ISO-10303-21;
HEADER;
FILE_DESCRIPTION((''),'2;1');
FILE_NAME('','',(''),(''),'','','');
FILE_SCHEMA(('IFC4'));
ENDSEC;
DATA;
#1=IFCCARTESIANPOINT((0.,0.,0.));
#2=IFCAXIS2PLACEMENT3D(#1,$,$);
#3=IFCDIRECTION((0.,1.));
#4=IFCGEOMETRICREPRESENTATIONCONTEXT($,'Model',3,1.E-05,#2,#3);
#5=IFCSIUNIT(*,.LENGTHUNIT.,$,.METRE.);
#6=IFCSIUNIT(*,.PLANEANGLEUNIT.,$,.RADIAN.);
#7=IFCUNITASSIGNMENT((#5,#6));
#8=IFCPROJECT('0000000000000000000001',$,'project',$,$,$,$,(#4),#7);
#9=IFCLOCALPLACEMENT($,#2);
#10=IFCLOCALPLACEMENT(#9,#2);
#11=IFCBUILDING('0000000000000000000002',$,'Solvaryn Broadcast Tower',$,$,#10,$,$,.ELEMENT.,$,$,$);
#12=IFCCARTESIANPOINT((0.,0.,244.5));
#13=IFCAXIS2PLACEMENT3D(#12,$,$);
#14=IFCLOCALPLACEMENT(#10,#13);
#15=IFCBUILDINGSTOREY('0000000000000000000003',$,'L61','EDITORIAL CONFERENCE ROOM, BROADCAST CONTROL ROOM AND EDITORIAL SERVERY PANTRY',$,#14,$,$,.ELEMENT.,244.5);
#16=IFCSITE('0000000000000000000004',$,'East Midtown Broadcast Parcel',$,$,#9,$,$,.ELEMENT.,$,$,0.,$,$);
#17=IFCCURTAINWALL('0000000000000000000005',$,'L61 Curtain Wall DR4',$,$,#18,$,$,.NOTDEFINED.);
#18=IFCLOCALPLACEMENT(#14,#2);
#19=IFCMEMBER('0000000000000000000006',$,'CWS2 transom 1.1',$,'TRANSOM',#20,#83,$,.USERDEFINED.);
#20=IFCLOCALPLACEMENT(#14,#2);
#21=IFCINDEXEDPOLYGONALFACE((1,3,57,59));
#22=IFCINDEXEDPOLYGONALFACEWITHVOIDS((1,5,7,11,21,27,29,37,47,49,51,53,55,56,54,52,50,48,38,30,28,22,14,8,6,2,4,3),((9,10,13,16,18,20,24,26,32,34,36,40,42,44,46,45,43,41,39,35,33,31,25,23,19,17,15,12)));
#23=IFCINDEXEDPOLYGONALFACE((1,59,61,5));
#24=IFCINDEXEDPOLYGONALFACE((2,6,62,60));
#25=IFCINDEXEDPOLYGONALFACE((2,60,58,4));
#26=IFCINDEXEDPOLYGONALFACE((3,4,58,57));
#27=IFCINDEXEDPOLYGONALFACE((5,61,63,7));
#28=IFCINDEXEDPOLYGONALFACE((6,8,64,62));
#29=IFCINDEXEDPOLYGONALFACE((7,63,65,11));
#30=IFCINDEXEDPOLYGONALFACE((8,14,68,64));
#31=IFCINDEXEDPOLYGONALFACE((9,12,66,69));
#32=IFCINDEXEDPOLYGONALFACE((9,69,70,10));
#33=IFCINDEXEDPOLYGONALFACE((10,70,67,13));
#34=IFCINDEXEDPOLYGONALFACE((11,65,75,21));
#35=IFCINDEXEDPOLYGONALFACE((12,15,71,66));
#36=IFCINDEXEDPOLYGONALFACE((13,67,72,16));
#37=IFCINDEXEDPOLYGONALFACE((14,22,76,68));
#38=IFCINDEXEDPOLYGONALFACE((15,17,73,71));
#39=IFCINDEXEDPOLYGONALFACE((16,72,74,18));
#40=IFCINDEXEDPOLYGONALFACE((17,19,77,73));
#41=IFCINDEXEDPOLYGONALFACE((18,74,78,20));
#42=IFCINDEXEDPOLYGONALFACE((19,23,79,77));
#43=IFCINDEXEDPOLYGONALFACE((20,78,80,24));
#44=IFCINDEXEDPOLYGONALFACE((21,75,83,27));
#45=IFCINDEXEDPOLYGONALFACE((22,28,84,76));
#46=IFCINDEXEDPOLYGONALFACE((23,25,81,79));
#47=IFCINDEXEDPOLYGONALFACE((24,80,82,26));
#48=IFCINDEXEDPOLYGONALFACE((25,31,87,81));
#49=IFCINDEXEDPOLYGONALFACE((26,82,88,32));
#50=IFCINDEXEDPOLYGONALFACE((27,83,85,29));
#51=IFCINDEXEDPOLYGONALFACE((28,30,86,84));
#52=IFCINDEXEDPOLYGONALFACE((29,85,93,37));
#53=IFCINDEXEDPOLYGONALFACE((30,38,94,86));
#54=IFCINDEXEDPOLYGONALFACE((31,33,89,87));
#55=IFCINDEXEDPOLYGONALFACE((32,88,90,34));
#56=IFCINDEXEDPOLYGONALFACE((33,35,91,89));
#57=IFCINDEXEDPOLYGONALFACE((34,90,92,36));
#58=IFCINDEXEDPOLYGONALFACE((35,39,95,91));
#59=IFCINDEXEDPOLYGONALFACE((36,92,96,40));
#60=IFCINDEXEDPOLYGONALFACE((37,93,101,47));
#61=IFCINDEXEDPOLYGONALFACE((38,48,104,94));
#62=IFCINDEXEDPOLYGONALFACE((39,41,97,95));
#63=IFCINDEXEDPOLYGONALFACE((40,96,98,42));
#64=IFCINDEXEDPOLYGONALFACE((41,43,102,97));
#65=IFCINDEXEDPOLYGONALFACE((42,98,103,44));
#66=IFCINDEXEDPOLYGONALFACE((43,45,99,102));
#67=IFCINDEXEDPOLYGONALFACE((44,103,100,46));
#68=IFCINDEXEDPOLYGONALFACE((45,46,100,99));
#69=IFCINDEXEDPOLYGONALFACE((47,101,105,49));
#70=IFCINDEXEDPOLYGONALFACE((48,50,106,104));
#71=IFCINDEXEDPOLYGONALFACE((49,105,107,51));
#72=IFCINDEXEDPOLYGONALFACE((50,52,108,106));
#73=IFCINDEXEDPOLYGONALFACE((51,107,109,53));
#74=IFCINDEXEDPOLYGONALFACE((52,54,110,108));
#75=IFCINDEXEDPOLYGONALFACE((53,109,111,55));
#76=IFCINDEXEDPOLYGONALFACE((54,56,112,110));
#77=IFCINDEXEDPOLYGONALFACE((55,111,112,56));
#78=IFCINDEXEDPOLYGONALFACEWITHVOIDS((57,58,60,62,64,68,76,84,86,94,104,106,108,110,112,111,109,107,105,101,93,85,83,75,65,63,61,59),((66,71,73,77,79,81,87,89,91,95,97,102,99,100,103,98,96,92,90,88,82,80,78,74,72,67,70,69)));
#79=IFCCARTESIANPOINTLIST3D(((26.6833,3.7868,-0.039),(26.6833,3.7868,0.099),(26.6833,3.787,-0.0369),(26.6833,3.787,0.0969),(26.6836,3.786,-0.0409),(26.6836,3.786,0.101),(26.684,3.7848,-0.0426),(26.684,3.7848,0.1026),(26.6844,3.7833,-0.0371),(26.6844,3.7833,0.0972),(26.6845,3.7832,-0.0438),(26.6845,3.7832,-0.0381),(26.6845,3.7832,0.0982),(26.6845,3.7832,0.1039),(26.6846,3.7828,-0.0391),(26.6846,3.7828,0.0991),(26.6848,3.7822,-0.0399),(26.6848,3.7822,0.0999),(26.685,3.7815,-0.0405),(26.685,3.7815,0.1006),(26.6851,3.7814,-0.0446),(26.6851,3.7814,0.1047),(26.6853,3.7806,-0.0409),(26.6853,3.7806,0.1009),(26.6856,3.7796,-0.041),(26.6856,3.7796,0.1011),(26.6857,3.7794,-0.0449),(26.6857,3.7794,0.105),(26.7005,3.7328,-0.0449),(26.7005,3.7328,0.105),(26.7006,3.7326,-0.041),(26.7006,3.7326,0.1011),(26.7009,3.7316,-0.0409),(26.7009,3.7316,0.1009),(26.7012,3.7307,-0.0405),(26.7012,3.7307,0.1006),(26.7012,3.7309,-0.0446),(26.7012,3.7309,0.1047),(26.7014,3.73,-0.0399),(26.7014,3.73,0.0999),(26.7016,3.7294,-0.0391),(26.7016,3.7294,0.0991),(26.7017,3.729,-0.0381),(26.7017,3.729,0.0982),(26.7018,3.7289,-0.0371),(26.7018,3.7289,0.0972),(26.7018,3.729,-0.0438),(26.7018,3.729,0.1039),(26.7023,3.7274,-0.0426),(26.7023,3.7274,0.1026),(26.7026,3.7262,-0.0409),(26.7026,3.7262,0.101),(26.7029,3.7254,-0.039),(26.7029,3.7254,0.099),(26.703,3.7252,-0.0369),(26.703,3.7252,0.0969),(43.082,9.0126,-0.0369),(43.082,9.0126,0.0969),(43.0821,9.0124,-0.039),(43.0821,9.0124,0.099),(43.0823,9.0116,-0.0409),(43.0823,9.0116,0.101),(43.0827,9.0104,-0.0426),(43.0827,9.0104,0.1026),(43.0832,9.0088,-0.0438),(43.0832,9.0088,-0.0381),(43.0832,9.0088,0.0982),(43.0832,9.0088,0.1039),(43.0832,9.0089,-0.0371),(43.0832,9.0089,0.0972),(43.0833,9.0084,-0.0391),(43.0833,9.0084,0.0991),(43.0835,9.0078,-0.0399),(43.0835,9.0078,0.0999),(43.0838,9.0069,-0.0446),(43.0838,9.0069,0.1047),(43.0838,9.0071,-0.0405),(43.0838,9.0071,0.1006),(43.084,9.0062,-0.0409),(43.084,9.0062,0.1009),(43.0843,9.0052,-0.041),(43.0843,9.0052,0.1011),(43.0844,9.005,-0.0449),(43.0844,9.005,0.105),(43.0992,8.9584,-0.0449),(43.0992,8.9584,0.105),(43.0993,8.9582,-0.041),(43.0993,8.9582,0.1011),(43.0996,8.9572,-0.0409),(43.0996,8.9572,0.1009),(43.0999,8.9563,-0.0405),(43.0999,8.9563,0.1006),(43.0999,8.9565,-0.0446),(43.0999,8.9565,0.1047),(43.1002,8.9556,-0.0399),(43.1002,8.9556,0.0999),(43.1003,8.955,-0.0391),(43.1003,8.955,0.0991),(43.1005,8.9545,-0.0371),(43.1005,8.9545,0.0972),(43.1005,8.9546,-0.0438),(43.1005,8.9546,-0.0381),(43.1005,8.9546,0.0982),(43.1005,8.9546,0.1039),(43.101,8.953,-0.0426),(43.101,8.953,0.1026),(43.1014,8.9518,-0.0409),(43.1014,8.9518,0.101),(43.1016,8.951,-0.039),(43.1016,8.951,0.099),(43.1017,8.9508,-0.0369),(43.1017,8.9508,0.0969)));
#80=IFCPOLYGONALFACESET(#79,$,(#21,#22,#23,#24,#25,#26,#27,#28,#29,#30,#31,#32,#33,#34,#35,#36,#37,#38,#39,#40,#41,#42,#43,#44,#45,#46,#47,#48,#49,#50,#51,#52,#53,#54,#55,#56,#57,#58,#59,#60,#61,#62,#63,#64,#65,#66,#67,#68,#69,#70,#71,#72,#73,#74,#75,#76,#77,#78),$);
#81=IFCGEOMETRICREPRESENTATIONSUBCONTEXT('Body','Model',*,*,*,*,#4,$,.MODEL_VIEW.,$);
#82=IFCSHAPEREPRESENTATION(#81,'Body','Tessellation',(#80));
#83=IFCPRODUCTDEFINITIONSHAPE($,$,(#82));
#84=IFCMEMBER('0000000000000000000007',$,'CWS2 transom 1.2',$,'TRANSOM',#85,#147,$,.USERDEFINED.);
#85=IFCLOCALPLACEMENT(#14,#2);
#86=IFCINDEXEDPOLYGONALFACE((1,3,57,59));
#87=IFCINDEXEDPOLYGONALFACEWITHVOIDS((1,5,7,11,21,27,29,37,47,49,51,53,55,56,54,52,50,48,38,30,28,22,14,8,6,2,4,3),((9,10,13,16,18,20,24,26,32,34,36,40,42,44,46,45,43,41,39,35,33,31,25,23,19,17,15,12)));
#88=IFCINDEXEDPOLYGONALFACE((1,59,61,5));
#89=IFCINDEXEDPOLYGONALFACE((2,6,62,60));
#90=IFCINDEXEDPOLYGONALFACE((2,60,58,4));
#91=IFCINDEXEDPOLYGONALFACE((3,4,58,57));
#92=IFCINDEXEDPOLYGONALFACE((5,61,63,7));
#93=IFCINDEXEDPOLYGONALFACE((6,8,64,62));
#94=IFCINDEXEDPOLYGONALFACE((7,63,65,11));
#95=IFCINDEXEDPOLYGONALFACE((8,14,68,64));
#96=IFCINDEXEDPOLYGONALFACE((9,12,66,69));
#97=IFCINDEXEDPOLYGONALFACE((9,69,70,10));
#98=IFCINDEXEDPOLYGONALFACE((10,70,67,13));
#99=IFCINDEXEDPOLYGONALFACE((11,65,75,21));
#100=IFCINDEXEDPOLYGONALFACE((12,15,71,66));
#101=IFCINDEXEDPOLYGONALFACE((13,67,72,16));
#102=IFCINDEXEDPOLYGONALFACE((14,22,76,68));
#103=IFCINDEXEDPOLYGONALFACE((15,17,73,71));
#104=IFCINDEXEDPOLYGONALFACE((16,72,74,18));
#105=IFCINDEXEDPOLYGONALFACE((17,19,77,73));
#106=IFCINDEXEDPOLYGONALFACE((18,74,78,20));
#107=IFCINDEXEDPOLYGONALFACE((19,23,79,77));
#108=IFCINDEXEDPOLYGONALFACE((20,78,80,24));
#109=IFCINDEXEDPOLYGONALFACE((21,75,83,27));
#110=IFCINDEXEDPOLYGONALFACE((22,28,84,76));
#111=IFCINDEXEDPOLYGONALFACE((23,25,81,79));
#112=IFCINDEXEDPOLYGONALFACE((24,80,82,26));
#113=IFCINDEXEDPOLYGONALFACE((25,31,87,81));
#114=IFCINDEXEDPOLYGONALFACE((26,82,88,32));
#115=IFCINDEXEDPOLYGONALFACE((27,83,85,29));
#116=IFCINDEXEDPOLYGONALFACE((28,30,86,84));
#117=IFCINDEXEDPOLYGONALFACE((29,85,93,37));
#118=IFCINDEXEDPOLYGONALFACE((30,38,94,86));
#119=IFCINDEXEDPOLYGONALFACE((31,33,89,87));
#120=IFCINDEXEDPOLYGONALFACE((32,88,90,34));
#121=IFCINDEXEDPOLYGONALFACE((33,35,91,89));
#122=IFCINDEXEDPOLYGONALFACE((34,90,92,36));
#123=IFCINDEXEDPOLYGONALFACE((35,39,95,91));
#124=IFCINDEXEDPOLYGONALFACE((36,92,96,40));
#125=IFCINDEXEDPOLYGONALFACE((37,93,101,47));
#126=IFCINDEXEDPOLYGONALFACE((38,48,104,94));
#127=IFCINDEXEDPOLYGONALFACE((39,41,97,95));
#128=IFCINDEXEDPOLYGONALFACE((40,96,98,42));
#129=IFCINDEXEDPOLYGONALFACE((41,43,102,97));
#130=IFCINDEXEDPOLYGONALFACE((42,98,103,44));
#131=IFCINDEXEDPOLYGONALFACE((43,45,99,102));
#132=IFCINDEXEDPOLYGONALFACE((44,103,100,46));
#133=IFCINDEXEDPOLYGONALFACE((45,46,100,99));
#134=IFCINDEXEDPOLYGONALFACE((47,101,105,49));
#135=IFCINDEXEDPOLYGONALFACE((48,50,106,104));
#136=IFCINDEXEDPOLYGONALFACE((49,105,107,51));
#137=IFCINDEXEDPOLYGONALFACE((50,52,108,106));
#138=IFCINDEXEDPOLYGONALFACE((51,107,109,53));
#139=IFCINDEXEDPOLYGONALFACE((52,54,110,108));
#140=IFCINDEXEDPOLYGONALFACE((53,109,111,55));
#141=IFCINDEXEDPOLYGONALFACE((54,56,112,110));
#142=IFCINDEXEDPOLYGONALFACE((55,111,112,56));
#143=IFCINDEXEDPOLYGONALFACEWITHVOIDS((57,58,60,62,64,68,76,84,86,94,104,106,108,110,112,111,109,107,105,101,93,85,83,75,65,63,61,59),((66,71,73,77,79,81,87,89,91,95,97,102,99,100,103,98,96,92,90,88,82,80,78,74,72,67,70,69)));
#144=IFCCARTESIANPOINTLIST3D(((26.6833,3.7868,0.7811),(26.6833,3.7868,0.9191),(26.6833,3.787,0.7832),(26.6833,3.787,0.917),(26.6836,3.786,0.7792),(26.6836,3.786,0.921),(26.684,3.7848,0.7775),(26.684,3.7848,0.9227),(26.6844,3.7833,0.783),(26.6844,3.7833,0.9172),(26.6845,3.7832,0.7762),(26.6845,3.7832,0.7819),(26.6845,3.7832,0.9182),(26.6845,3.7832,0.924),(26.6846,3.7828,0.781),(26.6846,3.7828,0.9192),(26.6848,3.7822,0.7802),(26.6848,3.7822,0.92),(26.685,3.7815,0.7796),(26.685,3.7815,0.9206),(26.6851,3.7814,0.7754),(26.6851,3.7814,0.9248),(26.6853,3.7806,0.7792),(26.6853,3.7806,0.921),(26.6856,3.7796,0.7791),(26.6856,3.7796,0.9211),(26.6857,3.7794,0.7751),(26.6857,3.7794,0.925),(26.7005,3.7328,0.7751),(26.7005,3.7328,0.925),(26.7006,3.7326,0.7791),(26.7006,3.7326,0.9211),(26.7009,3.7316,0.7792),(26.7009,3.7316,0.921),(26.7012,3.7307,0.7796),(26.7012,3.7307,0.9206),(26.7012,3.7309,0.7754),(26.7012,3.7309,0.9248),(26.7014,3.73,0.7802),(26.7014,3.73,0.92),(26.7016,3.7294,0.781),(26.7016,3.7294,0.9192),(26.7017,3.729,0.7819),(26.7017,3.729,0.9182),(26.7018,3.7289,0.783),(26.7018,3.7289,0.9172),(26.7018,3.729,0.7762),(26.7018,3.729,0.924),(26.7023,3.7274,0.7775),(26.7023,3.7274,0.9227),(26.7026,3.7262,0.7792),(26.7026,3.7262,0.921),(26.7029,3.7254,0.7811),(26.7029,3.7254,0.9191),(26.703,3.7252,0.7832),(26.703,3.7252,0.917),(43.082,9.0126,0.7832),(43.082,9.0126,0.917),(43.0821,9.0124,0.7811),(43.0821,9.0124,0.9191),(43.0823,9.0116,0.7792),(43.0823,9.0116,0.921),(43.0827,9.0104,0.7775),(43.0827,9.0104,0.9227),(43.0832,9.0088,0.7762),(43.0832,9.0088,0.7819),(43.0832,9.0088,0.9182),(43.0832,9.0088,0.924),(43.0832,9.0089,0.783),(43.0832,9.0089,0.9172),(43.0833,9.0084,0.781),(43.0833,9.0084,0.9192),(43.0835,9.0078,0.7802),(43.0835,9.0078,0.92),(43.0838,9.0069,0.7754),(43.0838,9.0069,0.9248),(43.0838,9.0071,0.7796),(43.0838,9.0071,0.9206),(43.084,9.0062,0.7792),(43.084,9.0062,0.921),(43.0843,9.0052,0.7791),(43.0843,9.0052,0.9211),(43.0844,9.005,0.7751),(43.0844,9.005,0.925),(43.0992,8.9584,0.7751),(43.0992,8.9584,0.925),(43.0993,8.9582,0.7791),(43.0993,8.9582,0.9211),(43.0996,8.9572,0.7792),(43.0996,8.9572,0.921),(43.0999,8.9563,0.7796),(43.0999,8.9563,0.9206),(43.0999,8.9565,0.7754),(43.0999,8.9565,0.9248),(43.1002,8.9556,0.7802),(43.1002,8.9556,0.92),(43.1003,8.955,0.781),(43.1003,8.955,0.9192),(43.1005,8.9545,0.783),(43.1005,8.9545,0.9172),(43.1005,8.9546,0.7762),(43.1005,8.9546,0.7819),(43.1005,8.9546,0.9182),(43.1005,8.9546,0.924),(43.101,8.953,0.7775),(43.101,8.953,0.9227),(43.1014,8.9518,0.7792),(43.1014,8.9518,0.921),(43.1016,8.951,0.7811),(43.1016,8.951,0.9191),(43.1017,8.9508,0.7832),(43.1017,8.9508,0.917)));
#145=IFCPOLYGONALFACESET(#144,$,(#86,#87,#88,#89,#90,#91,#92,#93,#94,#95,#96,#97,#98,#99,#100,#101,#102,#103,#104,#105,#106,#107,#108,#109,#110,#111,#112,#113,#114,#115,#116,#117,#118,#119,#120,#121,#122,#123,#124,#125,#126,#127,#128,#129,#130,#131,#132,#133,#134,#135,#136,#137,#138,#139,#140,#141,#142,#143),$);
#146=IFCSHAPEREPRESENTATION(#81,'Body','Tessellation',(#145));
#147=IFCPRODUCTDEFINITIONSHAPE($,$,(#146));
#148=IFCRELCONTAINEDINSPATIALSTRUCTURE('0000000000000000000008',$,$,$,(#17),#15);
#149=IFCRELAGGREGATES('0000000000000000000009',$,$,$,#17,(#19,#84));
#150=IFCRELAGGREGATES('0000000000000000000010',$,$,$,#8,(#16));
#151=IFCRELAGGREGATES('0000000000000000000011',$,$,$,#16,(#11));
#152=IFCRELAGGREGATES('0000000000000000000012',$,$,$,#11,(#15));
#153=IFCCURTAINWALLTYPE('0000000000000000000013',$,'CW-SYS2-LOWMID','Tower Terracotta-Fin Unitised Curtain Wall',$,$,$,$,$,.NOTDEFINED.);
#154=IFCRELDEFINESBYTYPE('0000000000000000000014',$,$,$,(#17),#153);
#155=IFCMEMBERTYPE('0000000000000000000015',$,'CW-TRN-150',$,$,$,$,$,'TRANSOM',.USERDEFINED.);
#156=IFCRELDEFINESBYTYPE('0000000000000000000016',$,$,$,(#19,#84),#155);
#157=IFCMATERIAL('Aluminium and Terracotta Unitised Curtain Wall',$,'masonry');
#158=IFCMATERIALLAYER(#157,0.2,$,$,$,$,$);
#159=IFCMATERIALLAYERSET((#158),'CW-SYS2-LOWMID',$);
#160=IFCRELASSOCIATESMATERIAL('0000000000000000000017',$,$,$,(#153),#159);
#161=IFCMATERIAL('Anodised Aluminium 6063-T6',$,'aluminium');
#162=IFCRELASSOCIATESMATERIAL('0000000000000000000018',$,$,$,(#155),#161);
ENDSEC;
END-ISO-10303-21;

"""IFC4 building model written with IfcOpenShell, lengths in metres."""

from ifc_helpers import new_model, si_unit, direction, frame, origin, origin_2d, place, context, subcontext, project, spatial, hollow_rectangle, extrude, material, layer, layer_set, material_profile, profile_set, type_object, element, aggregate, save


model = new_model("IFC4")

# Units and contexts
model_context = context("Model", 3, precision=1e-05, world=origin(), true_north=direction((0.0, 1.0)))
body_context = subcontext(model_context, "Body", "Model", "MODEL_VIEW")
ifc_project = project(units=[si_unit("LENGTHUNIT", "METRE"), si_unit("PLANEANGLEUNIT", "RADIAN")], contexts=[model_context])

# Site, building, storey
site_placement = place(None, origin())
site = spatial("IfcSite", under=ifc_project, at=site_placement, Name="East Midtown Broadcast Parcel", CompositionType="ELEMENT", RefElevation=0.0)
building_placement = place(site_placement, origin())
building = spatial("IfcBuilding", under=site, at=building_placement, Name="Solvaryn Broadcast Tower", CompositionType="ELEMENT")
storey_placement = place(building_placement, frame((0.0, 0.0, 244.5)))
storey = spatial("IfcBuildingStorey", under=building, at=storey_placement, Name="L61", Description="EDITORIAL CONFERENCE ROOM, BROADCAST CONTROL ROOM AND EDITORIAL SERVERY PANTRY", CompositionType="ELEMENT", Elevation=244.5)

# Shared definitions
ifc_material_1 = material(Name="Aluminium and Terracotta Unitised Curtain Wall", Category="masonry")
ifc_layer_1 = layer(ifc_material_1, 0.2)
ifc_layer_set_1 = layer_set([ifc_layer_1], Name="CW-SYS2-LOWMID")
curtain_wall_type = type_object("IfcCurtainWallType", Name="CW-SYS2-LOWMID", Description="Tower Terracotta-Fin Unitised Curtain Wall", PredefinedType="NOTDEFINED", material=ifc_layer_set_1)

# Curtain wall, members
curtain_wall_1_placement = place(storey_placement, origin())
curtain_wall_1 = element("IfcCurtainWall", 1, at=curtain_wall_1_placement, inside=storey, type_object=curtain_wall_type, Name="L61 Curtain Wall DR4", PredefinedType="NOTDEFINED")
ifc_material_2 = material(Name="Anodised Aluminium 6063-T6", Category="aluminium")
ifc_material_profile_1 = material_profile(ifc_material_2, hollow_rectangle(XDim=0.0649, YDim=0.1499, WallThickness=0.0039, InnerFilletRadius=0.0039, OuterFilletRadius=0.0081, at=origin_2d()))
ifc_profile_set_1 = profile_set([ifc_material_profile_1], Name="Anodised Aluminium 6063-T6")
member_type_1 = type_object("IfcMemberType", Name="CW-TRN-150", ElementType="TRANSOM", PredefinedType="USERDEFINED", material=ifc_profile_set_1)
member_1_placement = place(storey_placement, frame((26.6931, 3.7561, 0.03), z_axis=(0.952794, 0.303616, 0.0), x_axis=(-0.303616, 0.952794, 0.0)))
member_1 = element("IfcMember", 2, at=member_1_placement, type_object=member_type_1, Name="CWS2 transom 1.1", ObjectType="TRANSOM", PredefinedType="USERDEFINED", context=body_context, shape_type="SweptSolid", body=[
    extrude(hollow_rectangle(XDim=0.0649, YDim=0.1499, WallThickness=0.0039, InnerFilletRadius=0.0039, OuterFilletRadius=0.0081, at=origin_2d()), origin(), (0.0, 0.0, 1.0), 17.2112),
])
member_2_placement = place(storey_placement, frame((26.6931, 3.7561, 0.8501), z_axis=(0.952794, 0.303616, 0.0), x_axis=(-0.303616, 0.952794, 0.0)))
member_2 = element("IfcMember", 3, at=member_2_placement, type_object=member_type_1, Name="CWS2 transom 1.2", ObjectType="TRANSOM", PredefinedType="USERDEFINED", context=body_context, shape_type="SweptSolid", body=[
    extrude(hollow_rectangle(XDim=0.0649, YDim=0.1499, WallThickness=0.0039, InnerFilletRadius=0.0039, OuterFilletRadius=0.0081, at=origin_2d()), origin(), (0.0, 0.0, 1.0), 17.2112),
])
aggregate(curtain_wall_1, [member_1, member_2])

save(model, "model.ifc")
